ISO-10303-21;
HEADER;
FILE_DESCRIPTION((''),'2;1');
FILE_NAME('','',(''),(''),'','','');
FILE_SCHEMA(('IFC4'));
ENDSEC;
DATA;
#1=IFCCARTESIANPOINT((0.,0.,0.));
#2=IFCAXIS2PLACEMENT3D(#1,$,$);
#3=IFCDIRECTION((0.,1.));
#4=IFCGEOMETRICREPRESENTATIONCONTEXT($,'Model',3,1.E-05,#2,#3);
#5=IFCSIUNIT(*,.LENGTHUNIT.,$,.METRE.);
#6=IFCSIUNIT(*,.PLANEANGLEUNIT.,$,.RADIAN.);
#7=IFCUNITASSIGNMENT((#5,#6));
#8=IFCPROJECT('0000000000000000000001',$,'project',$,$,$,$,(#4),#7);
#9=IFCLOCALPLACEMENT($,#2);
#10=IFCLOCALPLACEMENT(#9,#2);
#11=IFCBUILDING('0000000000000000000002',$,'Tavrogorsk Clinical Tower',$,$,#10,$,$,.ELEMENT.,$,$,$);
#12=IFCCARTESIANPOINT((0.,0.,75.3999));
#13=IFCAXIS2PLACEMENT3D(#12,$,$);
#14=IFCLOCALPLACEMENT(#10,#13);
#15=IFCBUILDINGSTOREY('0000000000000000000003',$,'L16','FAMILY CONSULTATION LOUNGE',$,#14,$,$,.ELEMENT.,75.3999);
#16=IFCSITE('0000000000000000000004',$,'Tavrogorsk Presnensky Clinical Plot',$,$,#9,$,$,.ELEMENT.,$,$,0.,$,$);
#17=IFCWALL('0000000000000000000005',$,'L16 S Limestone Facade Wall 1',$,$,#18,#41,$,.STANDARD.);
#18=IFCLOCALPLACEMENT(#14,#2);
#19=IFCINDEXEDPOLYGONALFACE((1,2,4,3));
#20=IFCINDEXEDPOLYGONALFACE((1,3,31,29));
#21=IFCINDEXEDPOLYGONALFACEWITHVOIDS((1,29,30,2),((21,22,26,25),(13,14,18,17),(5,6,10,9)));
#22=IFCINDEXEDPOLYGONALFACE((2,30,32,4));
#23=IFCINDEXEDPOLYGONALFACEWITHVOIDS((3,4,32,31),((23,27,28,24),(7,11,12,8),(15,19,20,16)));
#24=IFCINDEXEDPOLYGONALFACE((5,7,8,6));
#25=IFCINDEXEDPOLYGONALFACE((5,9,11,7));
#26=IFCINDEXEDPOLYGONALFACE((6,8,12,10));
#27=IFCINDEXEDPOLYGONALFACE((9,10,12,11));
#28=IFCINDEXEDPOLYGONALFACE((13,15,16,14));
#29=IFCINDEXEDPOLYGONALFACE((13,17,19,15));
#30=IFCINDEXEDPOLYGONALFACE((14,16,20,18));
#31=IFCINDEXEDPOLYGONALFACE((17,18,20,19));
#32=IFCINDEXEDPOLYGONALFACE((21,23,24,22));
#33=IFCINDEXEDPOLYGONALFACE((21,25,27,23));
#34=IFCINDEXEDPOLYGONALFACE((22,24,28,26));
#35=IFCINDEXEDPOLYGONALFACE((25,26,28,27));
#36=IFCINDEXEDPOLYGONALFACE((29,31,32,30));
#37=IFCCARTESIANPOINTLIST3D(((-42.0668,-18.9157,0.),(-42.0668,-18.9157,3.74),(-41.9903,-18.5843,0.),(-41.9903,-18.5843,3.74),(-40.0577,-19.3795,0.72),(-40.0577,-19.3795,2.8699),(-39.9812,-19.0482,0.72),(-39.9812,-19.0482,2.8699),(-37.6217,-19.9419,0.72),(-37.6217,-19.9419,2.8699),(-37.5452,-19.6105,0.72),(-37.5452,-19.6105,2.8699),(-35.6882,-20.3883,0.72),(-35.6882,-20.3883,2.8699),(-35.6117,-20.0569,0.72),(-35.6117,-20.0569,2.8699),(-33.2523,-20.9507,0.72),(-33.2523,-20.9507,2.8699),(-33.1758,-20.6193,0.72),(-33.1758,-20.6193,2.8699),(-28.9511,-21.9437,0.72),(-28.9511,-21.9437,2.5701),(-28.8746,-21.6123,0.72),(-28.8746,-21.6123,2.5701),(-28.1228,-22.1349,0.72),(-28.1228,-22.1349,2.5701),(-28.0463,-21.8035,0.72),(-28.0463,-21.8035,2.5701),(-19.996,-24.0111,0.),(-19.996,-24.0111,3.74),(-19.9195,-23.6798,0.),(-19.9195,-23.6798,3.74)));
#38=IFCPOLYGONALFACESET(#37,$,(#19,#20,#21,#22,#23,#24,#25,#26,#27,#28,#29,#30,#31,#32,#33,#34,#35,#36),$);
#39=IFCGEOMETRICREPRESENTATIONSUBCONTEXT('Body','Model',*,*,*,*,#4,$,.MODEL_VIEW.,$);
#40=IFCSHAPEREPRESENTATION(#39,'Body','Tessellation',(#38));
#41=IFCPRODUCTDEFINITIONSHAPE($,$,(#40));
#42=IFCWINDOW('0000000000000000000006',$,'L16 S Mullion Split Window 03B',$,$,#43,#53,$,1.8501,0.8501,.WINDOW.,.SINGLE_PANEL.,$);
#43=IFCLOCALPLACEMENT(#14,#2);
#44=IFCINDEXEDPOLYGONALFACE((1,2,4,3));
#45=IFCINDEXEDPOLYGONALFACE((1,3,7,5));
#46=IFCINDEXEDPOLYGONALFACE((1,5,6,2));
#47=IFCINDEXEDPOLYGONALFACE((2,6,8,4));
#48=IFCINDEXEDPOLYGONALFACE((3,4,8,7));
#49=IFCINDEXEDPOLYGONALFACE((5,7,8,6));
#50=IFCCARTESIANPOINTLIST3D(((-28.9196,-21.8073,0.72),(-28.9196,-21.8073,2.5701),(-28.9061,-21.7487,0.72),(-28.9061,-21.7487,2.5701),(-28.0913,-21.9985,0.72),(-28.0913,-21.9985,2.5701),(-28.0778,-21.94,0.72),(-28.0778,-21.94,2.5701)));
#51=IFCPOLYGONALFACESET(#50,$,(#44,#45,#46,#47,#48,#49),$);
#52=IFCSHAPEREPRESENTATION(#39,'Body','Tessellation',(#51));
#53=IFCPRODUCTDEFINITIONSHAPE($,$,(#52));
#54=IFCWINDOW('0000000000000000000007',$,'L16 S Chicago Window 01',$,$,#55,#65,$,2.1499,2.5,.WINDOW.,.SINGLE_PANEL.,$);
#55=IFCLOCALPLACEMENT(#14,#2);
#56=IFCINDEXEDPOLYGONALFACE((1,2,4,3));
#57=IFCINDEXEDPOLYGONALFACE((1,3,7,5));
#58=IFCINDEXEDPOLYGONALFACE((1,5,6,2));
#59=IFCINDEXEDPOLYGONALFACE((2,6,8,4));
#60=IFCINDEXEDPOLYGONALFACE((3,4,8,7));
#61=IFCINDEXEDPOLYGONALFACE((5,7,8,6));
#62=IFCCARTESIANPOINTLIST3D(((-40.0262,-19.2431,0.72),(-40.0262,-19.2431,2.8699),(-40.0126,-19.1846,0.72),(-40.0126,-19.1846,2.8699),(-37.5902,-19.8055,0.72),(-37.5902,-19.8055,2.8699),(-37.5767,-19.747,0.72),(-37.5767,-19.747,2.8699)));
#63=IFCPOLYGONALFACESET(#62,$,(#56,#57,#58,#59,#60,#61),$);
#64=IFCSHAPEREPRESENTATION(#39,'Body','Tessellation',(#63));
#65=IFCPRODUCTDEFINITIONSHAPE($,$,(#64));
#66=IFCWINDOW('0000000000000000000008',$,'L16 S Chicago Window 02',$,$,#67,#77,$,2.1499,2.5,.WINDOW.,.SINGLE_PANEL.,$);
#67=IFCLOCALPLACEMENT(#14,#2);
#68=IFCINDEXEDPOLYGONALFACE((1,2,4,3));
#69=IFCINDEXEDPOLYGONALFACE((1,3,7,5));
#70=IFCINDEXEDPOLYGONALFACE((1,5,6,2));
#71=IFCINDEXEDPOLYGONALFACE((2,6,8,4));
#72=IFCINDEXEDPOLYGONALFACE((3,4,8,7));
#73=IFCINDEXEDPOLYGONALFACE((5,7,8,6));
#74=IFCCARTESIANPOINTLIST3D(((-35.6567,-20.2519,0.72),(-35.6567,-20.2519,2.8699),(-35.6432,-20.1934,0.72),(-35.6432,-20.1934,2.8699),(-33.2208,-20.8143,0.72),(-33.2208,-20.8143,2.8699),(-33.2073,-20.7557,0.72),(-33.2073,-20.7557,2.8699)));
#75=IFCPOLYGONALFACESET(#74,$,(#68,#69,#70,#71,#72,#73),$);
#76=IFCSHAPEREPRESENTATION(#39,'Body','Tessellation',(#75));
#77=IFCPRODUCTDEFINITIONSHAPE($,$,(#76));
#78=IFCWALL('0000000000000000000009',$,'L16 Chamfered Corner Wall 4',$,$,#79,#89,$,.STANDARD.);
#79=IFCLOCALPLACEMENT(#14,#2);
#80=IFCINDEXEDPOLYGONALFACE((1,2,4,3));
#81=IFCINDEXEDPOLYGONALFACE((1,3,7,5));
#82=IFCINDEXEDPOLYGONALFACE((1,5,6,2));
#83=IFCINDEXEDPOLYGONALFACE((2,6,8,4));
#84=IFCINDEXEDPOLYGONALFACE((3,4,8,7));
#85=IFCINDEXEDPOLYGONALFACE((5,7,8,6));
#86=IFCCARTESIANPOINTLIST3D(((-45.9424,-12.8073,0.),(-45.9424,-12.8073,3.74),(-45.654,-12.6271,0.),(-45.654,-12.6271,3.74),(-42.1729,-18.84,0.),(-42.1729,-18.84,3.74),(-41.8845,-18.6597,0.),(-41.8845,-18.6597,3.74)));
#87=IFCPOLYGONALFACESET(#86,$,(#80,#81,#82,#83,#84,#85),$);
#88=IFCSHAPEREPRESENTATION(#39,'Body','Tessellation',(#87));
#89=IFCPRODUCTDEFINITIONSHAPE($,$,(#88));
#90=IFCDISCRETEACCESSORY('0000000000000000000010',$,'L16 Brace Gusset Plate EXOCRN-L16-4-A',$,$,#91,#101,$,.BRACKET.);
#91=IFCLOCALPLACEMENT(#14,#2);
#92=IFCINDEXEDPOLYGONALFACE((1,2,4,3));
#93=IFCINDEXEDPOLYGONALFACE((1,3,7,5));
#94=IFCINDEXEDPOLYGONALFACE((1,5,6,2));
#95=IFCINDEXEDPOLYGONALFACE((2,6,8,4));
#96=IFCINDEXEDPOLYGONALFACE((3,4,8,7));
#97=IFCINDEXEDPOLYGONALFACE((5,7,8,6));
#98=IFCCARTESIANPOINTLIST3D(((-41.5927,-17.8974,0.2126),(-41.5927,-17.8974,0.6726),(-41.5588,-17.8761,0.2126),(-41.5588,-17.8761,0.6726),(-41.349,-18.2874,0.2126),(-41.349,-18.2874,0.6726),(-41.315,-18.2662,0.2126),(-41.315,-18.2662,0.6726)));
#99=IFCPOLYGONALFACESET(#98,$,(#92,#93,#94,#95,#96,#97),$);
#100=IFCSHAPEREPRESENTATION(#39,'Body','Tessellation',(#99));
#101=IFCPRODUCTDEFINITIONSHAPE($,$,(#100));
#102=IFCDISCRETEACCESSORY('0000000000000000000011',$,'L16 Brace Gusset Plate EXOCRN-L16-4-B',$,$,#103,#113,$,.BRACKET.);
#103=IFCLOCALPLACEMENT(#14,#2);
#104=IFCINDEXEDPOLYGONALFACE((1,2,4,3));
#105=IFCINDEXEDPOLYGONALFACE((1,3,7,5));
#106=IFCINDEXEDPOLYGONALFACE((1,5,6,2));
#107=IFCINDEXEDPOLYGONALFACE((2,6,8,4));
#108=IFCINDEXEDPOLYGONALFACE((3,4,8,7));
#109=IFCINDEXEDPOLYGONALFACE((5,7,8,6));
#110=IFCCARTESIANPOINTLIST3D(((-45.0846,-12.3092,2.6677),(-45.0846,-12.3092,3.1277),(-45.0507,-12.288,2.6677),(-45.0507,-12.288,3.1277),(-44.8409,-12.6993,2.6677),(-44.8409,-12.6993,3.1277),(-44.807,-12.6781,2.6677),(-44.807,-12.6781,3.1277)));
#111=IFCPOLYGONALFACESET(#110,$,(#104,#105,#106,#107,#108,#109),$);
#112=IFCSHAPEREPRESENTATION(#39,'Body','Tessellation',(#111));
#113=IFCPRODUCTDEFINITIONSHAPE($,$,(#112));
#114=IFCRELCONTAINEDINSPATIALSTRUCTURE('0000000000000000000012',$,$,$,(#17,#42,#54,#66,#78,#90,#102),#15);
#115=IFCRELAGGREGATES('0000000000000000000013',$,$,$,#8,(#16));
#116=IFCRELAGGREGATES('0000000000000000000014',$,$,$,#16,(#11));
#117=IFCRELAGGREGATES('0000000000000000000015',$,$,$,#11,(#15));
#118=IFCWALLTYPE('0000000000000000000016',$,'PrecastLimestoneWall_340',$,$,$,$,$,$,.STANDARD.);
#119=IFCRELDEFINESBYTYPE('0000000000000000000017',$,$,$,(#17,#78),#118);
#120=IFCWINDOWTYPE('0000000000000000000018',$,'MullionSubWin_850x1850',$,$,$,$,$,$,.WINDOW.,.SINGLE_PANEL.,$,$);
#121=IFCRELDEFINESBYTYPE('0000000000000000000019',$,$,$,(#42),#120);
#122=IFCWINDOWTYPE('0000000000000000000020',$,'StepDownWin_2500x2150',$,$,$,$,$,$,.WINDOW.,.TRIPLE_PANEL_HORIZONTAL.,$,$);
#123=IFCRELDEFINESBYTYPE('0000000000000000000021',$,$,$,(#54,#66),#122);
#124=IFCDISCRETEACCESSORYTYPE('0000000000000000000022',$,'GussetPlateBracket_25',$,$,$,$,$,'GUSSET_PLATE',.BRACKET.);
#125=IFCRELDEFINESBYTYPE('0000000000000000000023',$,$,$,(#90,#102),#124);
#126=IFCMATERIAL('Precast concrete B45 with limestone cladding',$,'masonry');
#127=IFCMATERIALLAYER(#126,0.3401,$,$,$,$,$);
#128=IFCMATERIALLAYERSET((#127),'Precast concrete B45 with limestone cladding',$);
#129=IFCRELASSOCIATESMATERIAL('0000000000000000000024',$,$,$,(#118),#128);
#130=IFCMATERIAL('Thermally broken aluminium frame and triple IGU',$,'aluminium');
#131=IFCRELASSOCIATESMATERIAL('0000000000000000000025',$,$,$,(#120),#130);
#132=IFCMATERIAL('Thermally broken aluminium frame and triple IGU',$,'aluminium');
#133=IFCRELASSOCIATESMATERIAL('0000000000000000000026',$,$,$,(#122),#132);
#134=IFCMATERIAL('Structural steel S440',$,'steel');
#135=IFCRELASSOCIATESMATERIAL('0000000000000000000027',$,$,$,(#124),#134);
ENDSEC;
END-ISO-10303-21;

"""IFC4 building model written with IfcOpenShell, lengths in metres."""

from ifc_helpers import new_model, si_unit, direction, frame, frame_2d, origin, origin_2d, place, context, subcontext, project, spatial, rectangle, extrude, material, layer, layer_set, type_object, element, fill, save


model = new_model("IFC4")

# Units and contexts
model_context = context("Model", 3, precision=1e-05, world=origin(), true_north=direction((0.0, 1.0)))
body_context = subcontext(model_context, "Body", "Model", "MODEL_VIEW")
ifc_project = project(units=[si_unit("LENGTHUNIT", "METRE"), si_unit("PLANEANGLEUNIT", "RADIAN")], contexts=[model_context])

# Site, building, storey
site_placement = place(None, origin())
site = spatial("IfcSite", under=ifc_project, at=site_placement, Name="Tavrogorsk Presnensky Clinical Plot", CompositionType="ELEMENT", RefElevation=0.0)
building_placement = place(site_placement, origin())
building = spatial("IfcBuilding", under=site, at=building_placement, Name="Tavrogorsk Clinical Tower", CompositionType="ELEMENT")
storey_placement = place(building_placement, frame((0.0, 0.0, 75.3999)))
storey = spatial("IfcBuildingStorey", under=building, at=storey_placement, Name="L16", Description="FAMILY CONSULTATION LOUNGE", CompositionType="ELEMENT", Elevation=75.3999)

# Wall, openings, windows
ifc_material_1 = material(Name="Precast concrete B45 with limestone cladding", Category="masonry")
ifc_layer_1 = layer(ifc_material_1, 0.3401)
ifc_layer_set_1 = layer_set([ifc_layer_1], Name="Precast concrete B45 with limestone cladding")
wall_type_1 = type_object("IfcWallType", Name="PrecastLimestoneWall_340", PredefinedType="STANDARD", material=ifc_layer_set_1)
wall_1_placement = place(storey_placement, frame((-42.0286, -18.75, 0.0), z_axis=(0.0, 0.0, 1.0), x_axis=(0.97437, -0.224952, 0.0)))
wall_1 = element("IfcWall", 1, at=wall_1_placement, inside=storey, type_object=wall_type_1, Name="L16 S Limestone Facade Wall 1", PredefinedType="STANDARD", context=body_context, shape_type="SweptSolid", body=[
    extrude(rectangle(XDim=22.6514, YDim=0.3401, at=frame_2d((11.3257, 0.0))), origin(), (0.0, 0.0, 1.0), 3.74),
])
opening_1_placement = place(wall_1_placement, frame((2.062, 0.0, 0.72)))
opening_1 = element("IfcOpeningElement", 2, at=opening_1_placement, cuts=wall_1, PredefinedType="OPENING", context=body_context, shape_type="SweptSolid", body=[
    extrude(rectangle(XDim=2.5, YDim=2.1499, at=frame_2d((1.25, 1.075))), frame((0.0, 0.1799, 0.0), z_axis=(0.0, -1.0, 0.0), x_axis=(1.0, 0.0, 0.0)), (0.0, 0.0, 1.0), 0.3601),
])
opening_2_placement = place(wall_1_placement, frame((6.5464, 0.0, 0.72)))
opening_2 = element("IfcOpeningElement", 3, at=opening_2_placement, cuts=wall_1, PredefinedType="OPENING", context=body_context, shape_type="SweptSolid", body=[
    extrude(rectangle(XDim=2.5, YDim=2.1499, at=frame_2d((1.25, 1.075))), frame((0.0, 0.1799, 0.0), z_axis=(0.0, -1.0, 0.0), x_axis=(1.0, 0.0, 0.0)), (0.0, 0.0, 1.0), 0.3601),
])
opening_3_placement = place(wall_1_placement, frame((13.4607, 0.0, 0.72)))
opening_3 = element("IfcOpeningElement", 4, at=opening_3_placement, cuts=wall_1, PredefinedType="OPENING", context=body_context, shape_type="SweptSolid", body=[
    extrude(rectangle(XDim=0.8501, YDim=1.8501, at=frame_2d((0.425, 0.925))), frame((0.0, 0.1799, 0.0), z_axis=(0.0, -1.0, 0.0), x_axis=(1.0, 0.0, 0.0)), (0.0, 0.0, 1.0), 0.3601),
])
ifc_material_2 = material(Name="Thermally broken aluminium frame and triple IGU", Category="aluminium")
window_type_1 = type_object("IfcWindowType", Name="MullionSubWin_850x1850", PartitioningType="SINGLE_PANEL", PredefinedType="WINDOW", material=ifc_material_2)
window_1_placement = place(opening_3_placement, origin())
window_1 = element("IfcWindow", 5, at=window_1_placement, inside=storey, type_object=window_type_1, Name="L16 S Mullion Split Window 03B", OverallHeight=1.8501, OverallWidth=0.8501, PartitioningType="SINGLE_PANEL", PredefinedType="WINDOW", context=body_context, shape_type="SweptSolid", body=[
    extrude(rectangle(XDim=0.8501, YDim=1.8501, at=frame_2d((0.425, 0.925))), frame((0.0, 0.03, 0.0), z_axis=(0.0, -1.0, 0.0), x_axis=(1.0, 0.0, 0.0)), (0.0, 0.0, 1.0), 0.0601),
])
fill(opening_3, window_1)
ifc_material_3 = material(Name="Thermally broken aluminium frame and triple IGU", Category="aluminium")
window_type_2 = type_object("IfcWindowType", Name="StepDownWin_2500x2150", PartitioningType="TRIPLE_PANEL_HORIZONTAL", PredefinedType="WINDOW", material=ifc_material_3)
window_2_placement = place(opening_1_placement, origin())
window_2 = element("IfcWindow", 6, at=window_2_placement, inside=storey, type_object=window_type_2, Name="L16 S Chicago Window 01", OverallHeight=2.1499, OverallWidth=2.5, PartitioningType="SINGLE_PANEL", PredefinedType="WINDOW", context=body_context, shape_type="SweptSolid", body=[
    extrude(rectangle(XDim=2.5, YDim=2.1499, at=frame_2d((1.25, 1.075))), frame((0.0, 0.03, 0.0), z_axis=(0.0, -1.0, 0.0), x_axis=(1.0, 0.0, 0.0)), (0.0, 0.0, 1.0), 0.0601),
])
fill(opening_1, window_2)
window_3_placement = place(opening_2_placement, origin())
window_3 = element("IfcWindow", 7, at=window_3_placement, inside=storey, type_object=window_type_2, Name="L16 S Chicago Window 02", OverallHeight=2.1499, OverallWidth=2.5, PartitioningType="SINGLE_PANEL", PredefinedType="WINDOW", context=body_context, shape_type="SweptSolid", body=[
    extrude(rectangle(XDim=2.5, YDim=2.1499, at=frame_2d((1.25, 1.075))), frame((0.0, 0.03, 0.0), z_axis=(0.0, -1.0, 0.0), x_axis=(1.0, 0.0, 0.0)), (0.0, 0.0, 1.0), 0.0601),
])
fill(opening_2, window_3)

# Wall
wall_2_placement = place(storey_placement, frame((-45.7981, -12.7173, 0.0), z_axis=(0.0, 0.0, 1.0), x_axis=(0.529906, -0.848056, 0.0)))
element("IfcWall", 8, at=wall_2_placement, inside=storey, type_object=wall_type_1, Name="L16 Chamfered Corner Wall 4", PredefinedType="STANDARD", context=body_context, shape_type="SweptSolid", body=[
    extrude(rectangle(XDim=7.1135, YDim=0.3401, at=frame_2d((3.5566, 0.0))), origin(), (0.0, 0.0, 1.0), 3.74),
])

# Discrete accessories
ifc_material_4 = material(Name="Structural steel S440", Category="steel")
discrete_accessory_type = type_object("IfcDiscreteAccessoryType", Name="GussetPlateBracket_25", ElementType="GUSSET_PLATE", PredefinedType="BRACKET", material=ifc_material_4)
for number, where, z_axis, x_axis, name in (
    (9, (-41.4539, -18.0818, 0.2126), (0.0, 0.0, 1.0), (-0.529919, 0.848048, 0.0), "L16 Brace Gusset Plate EXOCRN-L16-4-A"),
    (10, (-44.9458, -12.4937, 2.6677), (0.0, 0.0, 1.0), (-0.529919, 0.848048, 0.0), "L16 Brace Gusset Plate EXOCRN-L16-4-B"),
):
    element("IfcDiscreteAccessory", number, at=place(storey_placement, frame(where, z_axis=z_axis, x_axis=x_axis)), inside=storey, type_object=discrete_accessory_type, Name=name, PredefinedType="BRACKET", context=body_context, shape_type="SweptSolid", body=[
        extrude(rectangle(XDim=0.46, YDim=0.04, at=origin_2d()), origin(), (0.0, 0.0, 1.0), 0.46),
    ])

save(model, "model.ifc")
